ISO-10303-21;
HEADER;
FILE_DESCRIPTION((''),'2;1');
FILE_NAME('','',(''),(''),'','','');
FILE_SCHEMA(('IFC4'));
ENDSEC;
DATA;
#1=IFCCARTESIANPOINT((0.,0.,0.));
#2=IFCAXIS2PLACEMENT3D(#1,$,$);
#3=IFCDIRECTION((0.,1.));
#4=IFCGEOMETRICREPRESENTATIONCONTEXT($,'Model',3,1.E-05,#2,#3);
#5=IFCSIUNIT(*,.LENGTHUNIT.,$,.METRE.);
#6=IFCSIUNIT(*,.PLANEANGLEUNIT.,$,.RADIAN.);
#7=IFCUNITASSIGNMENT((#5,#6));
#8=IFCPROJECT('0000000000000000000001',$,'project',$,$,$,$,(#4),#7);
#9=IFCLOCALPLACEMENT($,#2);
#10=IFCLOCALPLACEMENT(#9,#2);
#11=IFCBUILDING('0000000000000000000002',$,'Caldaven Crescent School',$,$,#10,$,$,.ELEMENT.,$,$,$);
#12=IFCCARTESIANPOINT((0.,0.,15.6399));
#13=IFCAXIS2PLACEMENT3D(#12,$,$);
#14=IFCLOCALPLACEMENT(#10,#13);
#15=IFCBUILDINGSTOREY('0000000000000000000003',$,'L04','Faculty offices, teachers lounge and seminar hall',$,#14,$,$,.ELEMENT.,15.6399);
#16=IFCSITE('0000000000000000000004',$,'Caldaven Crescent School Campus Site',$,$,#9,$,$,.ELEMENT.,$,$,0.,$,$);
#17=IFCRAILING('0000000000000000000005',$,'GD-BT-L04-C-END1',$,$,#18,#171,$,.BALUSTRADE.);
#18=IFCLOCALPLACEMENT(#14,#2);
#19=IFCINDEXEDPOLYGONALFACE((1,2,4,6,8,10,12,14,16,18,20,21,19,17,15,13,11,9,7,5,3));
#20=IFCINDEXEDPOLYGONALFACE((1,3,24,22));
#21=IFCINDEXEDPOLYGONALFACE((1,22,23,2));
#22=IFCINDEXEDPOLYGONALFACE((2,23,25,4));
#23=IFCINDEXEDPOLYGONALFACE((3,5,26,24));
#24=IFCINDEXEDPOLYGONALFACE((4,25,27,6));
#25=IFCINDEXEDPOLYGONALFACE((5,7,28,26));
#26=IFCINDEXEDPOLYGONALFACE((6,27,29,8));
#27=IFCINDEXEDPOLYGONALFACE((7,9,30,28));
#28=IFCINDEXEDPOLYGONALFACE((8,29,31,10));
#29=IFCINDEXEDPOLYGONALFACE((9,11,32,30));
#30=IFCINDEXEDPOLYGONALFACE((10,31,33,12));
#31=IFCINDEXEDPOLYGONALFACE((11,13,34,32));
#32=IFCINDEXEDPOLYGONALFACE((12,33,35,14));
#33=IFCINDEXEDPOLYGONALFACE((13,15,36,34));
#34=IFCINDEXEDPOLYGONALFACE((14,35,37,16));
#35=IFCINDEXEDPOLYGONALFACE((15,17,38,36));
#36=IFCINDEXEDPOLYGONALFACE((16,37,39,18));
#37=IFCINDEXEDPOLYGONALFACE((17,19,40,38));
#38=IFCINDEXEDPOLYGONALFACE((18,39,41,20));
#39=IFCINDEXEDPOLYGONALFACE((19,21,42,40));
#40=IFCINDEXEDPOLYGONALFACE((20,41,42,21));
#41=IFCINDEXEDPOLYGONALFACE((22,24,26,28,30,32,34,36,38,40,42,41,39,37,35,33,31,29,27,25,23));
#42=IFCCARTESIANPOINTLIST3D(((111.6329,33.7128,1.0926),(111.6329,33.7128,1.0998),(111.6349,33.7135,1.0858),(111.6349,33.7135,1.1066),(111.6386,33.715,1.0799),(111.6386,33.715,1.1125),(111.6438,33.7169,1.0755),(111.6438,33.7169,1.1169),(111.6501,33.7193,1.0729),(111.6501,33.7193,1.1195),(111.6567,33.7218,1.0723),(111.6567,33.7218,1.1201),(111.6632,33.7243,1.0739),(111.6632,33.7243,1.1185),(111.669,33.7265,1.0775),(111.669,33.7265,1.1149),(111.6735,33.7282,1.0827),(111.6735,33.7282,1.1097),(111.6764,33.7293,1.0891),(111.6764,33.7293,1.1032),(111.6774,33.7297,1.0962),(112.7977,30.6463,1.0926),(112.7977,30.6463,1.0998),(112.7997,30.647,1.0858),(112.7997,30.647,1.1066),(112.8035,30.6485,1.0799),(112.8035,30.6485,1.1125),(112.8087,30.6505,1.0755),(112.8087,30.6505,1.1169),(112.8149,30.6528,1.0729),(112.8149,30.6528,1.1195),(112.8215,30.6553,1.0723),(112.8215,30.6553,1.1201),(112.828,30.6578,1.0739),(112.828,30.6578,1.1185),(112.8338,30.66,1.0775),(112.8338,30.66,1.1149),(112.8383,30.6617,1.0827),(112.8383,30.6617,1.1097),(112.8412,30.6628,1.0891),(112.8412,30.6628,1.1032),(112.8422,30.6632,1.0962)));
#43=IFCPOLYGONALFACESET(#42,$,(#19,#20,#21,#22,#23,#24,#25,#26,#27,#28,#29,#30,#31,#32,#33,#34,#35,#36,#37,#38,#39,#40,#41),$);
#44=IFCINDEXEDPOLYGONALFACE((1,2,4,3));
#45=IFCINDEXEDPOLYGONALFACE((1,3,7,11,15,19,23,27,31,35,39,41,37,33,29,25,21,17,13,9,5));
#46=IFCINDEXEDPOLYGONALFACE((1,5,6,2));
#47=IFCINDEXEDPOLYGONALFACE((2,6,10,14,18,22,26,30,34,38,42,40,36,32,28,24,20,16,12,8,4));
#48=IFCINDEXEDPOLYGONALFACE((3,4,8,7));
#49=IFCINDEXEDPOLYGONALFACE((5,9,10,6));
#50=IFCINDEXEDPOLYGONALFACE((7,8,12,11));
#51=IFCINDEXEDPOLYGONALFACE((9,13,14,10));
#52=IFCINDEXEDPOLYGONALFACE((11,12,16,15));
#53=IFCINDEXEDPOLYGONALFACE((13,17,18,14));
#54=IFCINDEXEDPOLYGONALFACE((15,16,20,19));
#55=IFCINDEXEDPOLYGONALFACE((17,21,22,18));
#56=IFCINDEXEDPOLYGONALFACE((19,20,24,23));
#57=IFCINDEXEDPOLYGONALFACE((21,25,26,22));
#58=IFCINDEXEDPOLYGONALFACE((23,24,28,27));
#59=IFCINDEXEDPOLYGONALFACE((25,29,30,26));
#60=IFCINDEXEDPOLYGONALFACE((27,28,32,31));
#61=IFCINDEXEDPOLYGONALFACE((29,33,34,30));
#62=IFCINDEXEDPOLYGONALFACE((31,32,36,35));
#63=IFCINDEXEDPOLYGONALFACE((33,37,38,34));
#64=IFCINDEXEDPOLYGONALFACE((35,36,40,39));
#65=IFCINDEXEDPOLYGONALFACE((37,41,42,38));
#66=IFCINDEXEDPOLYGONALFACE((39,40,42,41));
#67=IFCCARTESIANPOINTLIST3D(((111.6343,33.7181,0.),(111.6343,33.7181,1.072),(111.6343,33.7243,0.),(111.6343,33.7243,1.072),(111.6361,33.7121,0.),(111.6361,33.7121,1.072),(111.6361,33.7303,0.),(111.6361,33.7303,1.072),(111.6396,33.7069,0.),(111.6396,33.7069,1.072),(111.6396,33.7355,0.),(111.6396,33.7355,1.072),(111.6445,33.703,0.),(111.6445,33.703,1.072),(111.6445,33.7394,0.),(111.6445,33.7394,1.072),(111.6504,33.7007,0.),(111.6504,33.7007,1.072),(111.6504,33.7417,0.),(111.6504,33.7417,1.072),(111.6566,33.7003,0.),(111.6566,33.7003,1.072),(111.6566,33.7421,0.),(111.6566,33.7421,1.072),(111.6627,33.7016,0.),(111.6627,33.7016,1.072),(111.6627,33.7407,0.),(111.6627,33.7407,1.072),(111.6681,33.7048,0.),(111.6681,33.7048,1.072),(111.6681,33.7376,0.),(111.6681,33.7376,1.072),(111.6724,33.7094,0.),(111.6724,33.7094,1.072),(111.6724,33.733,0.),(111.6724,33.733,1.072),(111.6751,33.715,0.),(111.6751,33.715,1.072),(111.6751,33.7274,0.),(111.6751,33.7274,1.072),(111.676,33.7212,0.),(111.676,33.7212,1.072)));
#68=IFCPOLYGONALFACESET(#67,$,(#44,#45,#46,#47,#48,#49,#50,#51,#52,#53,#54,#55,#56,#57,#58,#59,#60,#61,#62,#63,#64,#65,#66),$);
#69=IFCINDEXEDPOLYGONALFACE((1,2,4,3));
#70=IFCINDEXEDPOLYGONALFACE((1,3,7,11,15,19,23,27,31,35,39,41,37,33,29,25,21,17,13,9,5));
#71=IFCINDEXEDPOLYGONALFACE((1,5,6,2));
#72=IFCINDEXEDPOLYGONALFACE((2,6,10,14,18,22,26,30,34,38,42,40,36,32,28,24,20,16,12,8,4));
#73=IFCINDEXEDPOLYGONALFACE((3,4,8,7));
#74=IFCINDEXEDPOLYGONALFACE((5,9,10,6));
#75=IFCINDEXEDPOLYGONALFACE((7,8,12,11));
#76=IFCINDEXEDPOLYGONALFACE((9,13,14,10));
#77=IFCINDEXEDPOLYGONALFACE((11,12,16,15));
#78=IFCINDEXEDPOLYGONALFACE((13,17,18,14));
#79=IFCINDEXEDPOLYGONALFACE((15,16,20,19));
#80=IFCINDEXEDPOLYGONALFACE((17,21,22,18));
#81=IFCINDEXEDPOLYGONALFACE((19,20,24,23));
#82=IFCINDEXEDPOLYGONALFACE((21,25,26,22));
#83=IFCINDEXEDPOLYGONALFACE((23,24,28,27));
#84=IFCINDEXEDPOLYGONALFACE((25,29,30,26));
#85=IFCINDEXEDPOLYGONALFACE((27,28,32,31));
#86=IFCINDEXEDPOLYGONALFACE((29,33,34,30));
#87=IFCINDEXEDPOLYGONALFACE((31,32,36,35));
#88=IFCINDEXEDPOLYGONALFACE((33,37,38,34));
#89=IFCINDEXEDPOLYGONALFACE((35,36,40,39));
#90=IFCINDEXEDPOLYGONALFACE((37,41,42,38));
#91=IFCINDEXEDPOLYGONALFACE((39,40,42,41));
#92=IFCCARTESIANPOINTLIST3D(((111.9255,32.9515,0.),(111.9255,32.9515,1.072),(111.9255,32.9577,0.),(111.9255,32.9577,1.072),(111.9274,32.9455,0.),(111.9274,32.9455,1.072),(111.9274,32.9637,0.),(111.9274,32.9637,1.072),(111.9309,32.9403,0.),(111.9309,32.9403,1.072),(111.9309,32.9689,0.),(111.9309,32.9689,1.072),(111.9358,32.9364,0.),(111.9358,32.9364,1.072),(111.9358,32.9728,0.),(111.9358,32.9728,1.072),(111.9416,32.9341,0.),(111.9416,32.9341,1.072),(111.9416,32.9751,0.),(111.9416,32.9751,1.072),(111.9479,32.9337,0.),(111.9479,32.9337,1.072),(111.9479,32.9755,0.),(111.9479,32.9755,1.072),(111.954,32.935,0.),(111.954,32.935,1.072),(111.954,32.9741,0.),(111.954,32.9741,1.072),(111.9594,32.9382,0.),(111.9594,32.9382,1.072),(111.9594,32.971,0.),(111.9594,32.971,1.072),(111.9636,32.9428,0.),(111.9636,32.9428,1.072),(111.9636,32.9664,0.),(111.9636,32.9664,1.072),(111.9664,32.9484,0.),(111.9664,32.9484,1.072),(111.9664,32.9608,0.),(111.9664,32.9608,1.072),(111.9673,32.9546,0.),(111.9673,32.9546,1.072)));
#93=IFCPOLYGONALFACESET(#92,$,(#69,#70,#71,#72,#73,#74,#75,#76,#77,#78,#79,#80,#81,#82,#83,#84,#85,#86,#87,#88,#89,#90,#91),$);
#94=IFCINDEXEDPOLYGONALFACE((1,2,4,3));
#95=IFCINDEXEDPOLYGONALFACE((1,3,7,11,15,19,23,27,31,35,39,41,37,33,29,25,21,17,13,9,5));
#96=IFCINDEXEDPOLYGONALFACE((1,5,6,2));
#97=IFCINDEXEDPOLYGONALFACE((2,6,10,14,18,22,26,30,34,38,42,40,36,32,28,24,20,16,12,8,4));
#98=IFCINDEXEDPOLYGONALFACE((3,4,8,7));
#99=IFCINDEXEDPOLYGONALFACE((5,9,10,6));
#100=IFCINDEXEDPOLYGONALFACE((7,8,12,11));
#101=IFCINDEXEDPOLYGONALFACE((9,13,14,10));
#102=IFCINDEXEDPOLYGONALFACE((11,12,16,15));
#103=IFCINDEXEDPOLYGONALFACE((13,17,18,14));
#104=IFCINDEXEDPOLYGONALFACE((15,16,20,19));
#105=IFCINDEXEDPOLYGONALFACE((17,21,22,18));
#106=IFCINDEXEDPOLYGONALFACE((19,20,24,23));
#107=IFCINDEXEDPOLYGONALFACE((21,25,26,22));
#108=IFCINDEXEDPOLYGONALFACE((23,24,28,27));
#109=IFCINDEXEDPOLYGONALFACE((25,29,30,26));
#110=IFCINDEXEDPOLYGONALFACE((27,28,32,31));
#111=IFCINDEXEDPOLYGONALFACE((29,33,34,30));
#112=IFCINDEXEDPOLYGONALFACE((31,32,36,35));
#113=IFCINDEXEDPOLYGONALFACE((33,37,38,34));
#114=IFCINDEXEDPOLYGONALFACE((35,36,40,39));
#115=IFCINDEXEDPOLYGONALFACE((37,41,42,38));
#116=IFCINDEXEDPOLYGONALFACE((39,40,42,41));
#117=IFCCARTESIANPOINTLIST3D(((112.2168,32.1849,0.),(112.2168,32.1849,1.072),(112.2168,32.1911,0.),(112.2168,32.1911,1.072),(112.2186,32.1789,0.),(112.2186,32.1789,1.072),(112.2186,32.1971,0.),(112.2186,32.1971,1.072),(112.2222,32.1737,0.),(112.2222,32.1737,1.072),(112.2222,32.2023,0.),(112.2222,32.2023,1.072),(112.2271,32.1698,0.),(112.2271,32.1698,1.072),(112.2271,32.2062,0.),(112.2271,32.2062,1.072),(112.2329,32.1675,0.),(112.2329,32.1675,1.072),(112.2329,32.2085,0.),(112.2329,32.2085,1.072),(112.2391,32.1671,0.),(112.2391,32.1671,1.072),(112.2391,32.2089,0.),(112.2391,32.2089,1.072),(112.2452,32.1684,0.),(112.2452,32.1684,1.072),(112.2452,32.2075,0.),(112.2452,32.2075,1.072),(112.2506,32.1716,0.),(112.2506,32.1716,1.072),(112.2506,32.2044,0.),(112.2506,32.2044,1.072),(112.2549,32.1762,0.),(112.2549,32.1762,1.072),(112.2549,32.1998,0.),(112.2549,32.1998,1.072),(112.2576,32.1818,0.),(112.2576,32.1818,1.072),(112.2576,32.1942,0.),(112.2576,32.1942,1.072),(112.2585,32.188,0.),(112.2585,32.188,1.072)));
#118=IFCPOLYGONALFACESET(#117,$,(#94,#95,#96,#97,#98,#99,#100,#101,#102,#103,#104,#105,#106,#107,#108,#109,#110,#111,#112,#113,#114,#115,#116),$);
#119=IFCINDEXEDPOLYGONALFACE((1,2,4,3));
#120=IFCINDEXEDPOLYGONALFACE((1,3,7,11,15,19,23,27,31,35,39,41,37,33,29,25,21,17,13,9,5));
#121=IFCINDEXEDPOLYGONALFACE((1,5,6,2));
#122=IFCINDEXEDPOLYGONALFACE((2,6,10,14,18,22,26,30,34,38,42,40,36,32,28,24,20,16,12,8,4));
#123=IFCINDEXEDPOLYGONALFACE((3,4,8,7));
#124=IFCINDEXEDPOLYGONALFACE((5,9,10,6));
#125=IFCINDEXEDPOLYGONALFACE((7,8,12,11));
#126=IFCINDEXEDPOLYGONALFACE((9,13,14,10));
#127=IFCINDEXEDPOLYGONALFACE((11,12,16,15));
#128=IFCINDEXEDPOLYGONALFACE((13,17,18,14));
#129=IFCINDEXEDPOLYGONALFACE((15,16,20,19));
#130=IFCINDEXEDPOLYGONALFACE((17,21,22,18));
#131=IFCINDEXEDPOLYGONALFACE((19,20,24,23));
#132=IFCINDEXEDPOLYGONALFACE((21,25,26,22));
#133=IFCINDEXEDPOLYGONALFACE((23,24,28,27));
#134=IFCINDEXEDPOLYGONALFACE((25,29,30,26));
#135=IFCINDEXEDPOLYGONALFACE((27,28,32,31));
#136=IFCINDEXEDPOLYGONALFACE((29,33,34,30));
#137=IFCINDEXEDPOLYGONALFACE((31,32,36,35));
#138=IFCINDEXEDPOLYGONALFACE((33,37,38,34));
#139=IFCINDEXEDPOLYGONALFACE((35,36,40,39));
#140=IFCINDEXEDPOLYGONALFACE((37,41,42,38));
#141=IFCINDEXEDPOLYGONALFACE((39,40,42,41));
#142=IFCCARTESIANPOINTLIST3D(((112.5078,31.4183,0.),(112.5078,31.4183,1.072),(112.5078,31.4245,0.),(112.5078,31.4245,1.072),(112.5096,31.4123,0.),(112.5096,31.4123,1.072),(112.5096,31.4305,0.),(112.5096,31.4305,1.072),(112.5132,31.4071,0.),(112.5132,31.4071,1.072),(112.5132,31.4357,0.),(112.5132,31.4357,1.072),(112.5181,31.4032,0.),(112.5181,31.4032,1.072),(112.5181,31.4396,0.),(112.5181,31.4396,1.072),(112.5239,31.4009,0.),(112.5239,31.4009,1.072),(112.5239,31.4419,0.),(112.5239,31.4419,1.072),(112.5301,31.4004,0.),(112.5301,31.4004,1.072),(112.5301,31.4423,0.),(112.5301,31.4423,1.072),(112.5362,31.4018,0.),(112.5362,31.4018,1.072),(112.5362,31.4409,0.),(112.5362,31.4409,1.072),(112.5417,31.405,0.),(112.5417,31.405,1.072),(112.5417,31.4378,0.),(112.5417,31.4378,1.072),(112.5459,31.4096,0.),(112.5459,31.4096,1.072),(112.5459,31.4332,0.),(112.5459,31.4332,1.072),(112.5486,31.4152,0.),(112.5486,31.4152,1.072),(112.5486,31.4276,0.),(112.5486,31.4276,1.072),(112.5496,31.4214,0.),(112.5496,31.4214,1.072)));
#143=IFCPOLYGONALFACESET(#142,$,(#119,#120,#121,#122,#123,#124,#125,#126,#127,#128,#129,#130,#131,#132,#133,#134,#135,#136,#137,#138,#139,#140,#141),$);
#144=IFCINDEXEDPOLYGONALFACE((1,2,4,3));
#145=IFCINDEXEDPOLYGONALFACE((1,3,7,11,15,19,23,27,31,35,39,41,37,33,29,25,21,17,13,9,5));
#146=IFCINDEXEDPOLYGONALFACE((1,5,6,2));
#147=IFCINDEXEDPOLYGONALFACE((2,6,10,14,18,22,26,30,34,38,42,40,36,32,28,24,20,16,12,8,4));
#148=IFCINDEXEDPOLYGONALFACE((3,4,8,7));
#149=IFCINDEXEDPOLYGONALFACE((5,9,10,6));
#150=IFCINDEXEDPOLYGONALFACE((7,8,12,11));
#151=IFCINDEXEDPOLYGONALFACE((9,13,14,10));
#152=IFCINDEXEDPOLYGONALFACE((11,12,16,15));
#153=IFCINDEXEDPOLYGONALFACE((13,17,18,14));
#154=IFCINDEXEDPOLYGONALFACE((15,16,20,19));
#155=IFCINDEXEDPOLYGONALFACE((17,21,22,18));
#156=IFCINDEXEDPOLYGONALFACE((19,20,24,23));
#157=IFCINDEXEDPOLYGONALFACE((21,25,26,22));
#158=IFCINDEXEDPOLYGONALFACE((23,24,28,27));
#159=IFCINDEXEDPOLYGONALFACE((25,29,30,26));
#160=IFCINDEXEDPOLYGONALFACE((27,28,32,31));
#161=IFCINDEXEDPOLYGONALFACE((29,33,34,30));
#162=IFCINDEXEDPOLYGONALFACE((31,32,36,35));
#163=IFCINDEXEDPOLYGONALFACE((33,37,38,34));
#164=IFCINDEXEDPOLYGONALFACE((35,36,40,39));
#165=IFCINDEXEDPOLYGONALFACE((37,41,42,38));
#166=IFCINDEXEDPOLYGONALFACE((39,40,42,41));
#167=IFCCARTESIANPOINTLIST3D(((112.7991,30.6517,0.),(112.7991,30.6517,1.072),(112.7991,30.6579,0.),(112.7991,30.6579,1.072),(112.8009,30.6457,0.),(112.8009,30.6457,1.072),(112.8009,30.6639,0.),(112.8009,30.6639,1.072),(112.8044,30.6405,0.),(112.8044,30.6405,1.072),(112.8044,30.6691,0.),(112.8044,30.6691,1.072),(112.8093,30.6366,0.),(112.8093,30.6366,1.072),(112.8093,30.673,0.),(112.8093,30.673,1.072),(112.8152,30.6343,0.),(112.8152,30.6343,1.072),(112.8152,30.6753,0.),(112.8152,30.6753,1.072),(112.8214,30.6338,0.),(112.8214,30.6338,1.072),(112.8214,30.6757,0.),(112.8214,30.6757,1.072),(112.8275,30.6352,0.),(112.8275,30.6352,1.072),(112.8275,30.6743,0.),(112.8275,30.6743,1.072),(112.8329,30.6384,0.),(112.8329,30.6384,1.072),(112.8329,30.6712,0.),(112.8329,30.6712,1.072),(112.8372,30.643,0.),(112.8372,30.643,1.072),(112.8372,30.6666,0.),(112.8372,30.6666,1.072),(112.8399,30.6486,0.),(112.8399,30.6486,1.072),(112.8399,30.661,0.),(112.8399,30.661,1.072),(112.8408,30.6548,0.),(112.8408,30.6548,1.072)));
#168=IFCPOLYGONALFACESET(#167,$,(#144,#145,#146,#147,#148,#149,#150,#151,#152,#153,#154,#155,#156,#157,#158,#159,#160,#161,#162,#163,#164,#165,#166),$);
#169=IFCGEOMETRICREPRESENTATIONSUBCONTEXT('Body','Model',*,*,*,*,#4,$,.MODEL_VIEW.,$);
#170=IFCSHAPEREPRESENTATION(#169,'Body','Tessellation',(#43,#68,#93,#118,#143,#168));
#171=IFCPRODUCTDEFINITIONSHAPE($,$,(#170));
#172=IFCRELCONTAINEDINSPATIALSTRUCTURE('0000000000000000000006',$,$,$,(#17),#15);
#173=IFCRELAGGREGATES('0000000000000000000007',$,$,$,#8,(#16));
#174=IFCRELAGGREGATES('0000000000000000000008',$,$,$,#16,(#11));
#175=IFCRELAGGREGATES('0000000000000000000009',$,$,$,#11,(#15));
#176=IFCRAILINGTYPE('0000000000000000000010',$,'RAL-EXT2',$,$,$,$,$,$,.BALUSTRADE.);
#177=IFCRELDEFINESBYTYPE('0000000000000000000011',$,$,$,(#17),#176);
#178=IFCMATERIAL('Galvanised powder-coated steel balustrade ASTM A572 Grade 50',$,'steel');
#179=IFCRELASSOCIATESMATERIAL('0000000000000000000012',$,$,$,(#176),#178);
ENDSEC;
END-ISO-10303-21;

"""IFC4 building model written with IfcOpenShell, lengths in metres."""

from ifc_helpers import new_model, si_unit, direction, frame, origin, origin_2d, place, context, subcontext, project, spatial, circle, extrude, material, type_object, element, save


model = new_model("IFC4")

# Units and contexts
model_context = context("Model", 3, precision=1e-05, world=origin(), true_north=direction((0.0, 1.0)))
body_context = subcontext(model_context, "Body", "Model", "MODEL_VIEW")
ifc_project = project(units=[si_unit("LENGTHUNIT", "METRE"), si_unit("PLANEANGLEUNIT", "RADIAN")], contexts=[model_context])

# Site, building, storey
site_placement = place(None, origin())
site = spatial("IfcSite", under=ifc_project, at=site_placement, Name="Caldaven Crescent School Campus Site", CompositionType="ELEMENT", RefElevation=0.0)
building_placement = place(site_placement, origin())
building = spatial("IfcBuilding", under=site, at=building_placement, Name="Caldaven Crescent School", CompositionType="ELEMENT")
storey_placement = place(building_placement, frame((0.0, 0.0, 15.6399)))
storey = spatial("IfcBuildingStorey", under=building, at=storey_placement, Name="L04", Description="Faculty offices, teachers lounge and seminar hall", CompositionType="ELEMENT", Elevation=15.6399)

# Railing
ifc_material_1 = material(Name="Galvanised powder-coated steel balustrade ASTM A572 Grade 50", Category="steel")
railing_type = type_object("IfcRailingType", Name="RAL-EXT2", PredefinedType="BALUSTRADE", material=ifc_material_1)
railing_placement = place(storey_placement, frame((111.655, 33.7212, 0.0)))
element("IfcRailing", 1, at=railing_placement, inside=storey, type_object=railing_type, Name="GD-BT-L04-C-END1", PredefinedType="BALUSTRADE", context=body_context, shape_type="SweptSolid", body=[
    extrude(circle(Radius=0.0239, at=origin_2d()), frame((0.0, 0.0, 1.0962), z_axis=(0.355101, -0.934828, 0.0), x_axis=(0.934828, 0.355101, 0.0)), (0.0, 0.0, 1.0), 3.2803),
    extrude(circle(Radius=0.021, at=origin_2d()), origin(), (0.0, 0.0, 1.0), 1.072),
    extrude(circle(Radius=0.021, at=origin_2d()), frame((0.2913, -0.7666, 0.0)), (0.0, 0.0, 1.0), 1.072),
    extrude(circle(Radius=0.021, at=origin_2d()), frame((0.5825, -1.5332, 0.0)), (0.0, 0.0, 1.0), 1.072),
    extrude(circle(Radius=0.021, at=origin_2d()), frame((0.8735, -2.2998, 0.0)), (0.0, 0.0, 1.0), 1.072),
    extrude(circle(Radius=0.021, at=origin_2d()), frame((1.1648, -3.0664, 0.0)), (0.0, 0.0, 1.0), 1.072),
])

save(model, "model.ifc")
